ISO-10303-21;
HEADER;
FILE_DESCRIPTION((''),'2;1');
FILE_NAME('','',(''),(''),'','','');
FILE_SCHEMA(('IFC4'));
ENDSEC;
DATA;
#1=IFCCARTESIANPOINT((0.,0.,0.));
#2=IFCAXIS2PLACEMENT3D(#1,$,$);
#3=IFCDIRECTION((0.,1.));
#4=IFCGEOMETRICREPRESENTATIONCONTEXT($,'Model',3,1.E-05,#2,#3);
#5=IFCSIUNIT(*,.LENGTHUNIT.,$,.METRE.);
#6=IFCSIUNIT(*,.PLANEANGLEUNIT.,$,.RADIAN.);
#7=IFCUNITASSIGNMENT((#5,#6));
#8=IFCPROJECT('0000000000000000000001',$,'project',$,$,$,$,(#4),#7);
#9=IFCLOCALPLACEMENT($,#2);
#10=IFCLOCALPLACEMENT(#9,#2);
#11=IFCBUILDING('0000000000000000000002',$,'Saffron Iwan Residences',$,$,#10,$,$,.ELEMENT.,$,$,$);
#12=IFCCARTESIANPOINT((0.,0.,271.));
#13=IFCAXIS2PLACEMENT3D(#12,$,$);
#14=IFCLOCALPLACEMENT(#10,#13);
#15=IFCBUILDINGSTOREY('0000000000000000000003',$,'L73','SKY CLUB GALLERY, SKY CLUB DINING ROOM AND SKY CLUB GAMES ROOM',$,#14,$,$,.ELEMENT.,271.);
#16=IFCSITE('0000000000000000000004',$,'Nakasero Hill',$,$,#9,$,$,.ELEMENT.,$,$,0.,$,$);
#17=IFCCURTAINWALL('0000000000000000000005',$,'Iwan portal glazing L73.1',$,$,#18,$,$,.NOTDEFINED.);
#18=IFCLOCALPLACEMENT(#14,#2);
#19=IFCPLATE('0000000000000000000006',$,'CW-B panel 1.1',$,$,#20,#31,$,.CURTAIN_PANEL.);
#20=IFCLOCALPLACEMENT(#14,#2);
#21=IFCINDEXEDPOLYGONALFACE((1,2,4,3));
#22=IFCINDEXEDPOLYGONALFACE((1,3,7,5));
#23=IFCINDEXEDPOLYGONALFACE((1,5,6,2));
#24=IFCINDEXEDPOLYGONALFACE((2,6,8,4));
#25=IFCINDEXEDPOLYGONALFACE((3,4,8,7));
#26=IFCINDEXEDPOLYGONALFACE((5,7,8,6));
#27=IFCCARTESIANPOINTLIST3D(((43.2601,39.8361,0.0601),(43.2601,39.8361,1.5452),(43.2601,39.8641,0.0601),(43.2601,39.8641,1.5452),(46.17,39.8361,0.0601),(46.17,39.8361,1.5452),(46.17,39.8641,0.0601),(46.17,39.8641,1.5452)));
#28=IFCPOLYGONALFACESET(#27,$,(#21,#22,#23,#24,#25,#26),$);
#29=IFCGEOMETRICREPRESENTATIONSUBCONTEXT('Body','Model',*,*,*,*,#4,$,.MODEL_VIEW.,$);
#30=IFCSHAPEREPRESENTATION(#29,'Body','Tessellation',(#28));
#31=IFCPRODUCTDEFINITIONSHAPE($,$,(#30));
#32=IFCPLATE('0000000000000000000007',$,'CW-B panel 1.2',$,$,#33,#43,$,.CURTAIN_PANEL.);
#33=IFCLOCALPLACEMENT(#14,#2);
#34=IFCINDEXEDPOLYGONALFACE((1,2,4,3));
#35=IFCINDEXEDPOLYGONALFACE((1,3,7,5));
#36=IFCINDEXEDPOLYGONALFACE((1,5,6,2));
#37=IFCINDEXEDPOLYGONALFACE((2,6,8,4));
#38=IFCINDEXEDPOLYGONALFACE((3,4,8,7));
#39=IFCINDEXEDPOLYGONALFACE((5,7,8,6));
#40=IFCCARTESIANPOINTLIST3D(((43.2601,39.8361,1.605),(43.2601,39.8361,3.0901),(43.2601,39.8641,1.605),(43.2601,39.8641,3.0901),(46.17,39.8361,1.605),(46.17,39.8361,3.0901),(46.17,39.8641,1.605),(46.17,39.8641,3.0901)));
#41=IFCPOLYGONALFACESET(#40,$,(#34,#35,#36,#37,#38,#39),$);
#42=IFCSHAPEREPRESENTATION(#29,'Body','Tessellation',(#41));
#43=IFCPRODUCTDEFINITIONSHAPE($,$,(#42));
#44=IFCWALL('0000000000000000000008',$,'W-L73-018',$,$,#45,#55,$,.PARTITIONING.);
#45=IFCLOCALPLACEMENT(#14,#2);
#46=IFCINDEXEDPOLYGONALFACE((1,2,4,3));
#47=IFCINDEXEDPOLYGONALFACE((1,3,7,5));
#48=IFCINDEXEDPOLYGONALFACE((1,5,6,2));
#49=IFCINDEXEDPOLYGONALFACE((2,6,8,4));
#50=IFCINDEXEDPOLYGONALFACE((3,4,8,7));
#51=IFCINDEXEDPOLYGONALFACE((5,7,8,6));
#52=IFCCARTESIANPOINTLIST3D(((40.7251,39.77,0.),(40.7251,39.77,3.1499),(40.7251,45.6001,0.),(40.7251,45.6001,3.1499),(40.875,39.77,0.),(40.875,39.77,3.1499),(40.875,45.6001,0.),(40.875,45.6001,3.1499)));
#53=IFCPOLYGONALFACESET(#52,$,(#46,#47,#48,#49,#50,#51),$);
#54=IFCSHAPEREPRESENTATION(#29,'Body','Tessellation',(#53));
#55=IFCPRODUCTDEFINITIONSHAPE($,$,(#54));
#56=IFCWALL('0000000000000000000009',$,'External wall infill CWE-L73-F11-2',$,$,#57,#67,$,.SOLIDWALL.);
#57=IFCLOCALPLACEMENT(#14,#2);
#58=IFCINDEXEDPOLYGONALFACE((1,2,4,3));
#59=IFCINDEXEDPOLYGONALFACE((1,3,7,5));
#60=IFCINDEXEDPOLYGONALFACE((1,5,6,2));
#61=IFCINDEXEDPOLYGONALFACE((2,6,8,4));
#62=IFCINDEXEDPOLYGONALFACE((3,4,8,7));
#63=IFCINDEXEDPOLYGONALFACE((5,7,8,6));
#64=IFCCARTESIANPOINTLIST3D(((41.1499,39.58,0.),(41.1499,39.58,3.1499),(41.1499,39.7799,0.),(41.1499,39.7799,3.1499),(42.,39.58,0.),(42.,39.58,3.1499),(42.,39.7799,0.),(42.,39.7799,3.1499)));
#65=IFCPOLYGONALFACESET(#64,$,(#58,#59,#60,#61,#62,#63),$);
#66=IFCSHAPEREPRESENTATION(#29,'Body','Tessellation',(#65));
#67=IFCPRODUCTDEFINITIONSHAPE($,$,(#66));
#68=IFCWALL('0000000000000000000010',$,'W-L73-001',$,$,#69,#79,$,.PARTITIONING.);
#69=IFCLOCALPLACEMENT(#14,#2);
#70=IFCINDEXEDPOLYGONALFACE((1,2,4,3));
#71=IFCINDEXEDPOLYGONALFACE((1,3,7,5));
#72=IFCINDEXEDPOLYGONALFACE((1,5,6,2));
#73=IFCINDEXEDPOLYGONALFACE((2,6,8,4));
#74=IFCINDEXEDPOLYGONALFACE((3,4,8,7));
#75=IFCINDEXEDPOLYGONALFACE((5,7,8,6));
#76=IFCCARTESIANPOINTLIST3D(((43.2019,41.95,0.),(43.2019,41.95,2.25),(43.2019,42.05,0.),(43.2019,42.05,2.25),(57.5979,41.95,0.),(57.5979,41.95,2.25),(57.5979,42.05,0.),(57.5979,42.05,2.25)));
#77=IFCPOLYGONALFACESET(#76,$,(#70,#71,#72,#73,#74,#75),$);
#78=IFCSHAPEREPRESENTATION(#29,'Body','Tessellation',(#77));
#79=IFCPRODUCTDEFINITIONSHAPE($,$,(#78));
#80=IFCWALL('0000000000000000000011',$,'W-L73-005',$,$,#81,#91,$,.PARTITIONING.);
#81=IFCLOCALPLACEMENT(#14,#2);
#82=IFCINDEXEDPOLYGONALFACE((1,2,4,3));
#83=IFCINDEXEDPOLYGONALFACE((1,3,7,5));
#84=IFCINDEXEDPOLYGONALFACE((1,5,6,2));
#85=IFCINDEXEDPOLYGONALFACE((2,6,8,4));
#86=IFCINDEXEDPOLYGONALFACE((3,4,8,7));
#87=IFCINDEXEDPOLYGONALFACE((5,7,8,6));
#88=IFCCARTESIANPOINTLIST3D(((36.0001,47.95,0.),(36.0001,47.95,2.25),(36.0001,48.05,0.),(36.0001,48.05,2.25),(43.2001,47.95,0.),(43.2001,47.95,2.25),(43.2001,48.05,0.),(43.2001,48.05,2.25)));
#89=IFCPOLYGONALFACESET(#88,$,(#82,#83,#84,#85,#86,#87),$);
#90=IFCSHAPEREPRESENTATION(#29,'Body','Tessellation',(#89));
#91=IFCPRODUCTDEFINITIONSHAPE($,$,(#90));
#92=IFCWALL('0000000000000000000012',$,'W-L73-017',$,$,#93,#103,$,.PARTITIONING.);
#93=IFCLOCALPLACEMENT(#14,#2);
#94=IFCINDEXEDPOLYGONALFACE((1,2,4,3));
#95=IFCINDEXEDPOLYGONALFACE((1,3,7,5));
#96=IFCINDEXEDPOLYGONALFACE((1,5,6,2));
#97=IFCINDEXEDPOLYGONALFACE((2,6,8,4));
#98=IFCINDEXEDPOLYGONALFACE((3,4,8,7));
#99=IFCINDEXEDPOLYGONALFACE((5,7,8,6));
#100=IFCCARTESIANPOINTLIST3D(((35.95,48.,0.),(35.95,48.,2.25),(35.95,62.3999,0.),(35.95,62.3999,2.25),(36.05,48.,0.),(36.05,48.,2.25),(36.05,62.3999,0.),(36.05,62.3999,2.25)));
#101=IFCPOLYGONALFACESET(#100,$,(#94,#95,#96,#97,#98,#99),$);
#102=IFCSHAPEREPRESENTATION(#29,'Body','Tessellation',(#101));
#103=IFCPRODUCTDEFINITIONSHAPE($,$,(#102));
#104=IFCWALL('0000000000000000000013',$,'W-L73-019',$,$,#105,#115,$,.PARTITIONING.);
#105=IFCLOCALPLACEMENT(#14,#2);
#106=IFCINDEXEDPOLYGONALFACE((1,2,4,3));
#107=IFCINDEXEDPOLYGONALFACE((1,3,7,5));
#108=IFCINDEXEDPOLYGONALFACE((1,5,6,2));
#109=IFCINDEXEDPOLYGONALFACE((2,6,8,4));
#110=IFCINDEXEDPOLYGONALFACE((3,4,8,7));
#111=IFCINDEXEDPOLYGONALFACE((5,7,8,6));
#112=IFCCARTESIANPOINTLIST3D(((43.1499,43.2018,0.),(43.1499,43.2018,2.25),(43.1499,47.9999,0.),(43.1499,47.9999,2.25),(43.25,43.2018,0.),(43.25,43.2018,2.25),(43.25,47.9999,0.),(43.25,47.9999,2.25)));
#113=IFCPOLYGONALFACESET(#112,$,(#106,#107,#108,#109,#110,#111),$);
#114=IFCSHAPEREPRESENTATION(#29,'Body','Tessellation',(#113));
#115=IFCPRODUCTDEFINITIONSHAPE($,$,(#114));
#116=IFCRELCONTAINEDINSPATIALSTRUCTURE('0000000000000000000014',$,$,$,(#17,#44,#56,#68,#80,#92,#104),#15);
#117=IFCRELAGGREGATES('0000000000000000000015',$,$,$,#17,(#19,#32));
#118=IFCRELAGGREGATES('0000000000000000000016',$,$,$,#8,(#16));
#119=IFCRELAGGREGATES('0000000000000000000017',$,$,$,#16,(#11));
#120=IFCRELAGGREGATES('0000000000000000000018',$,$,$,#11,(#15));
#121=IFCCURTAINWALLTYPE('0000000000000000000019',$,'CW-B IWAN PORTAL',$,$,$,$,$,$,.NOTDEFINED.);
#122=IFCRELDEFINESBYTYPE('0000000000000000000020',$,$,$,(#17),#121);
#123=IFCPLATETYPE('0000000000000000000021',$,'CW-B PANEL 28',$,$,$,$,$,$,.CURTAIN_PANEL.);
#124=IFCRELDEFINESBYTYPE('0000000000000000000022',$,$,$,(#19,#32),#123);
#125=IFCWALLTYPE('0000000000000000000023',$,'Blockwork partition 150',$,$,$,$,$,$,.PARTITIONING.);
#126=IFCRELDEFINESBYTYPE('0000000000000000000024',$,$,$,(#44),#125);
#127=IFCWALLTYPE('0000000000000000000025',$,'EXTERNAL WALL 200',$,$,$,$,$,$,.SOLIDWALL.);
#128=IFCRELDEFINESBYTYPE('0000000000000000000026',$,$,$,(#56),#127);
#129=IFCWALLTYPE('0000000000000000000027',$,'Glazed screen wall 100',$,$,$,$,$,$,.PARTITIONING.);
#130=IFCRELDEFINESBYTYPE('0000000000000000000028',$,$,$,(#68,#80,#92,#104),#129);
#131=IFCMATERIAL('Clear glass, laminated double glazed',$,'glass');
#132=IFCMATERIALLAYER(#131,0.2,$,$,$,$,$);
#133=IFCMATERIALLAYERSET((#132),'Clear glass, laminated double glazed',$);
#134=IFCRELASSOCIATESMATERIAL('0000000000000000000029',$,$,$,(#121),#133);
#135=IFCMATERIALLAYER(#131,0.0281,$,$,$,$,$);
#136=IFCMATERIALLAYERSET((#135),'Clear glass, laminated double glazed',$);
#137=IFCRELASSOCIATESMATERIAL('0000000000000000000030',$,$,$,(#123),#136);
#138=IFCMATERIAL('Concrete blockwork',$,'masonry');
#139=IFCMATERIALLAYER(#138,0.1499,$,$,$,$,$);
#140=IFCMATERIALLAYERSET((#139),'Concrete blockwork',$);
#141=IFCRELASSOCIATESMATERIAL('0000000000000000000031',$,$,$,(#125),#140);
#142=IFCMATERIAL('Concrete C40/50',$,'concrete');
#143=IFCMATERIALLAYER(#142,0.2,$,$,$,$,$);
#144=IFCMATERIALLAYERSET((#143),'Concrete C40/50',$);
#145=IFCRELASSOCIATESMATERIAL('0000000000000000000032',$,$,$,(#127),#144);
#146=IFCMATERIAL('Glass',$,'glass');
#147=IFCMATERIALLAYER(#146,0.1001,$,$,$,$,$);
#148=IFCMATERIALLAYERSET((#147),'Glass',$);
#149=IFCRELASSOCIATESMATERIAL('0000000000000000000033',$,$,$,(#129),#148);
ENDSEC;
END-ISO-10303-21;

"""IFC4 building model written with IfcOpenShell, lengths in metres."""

from ifc_helpers import new_model, si_unit, direction, frame, frame_2d, origin, origin_2d, place, context, subcontext, project, spatial, rectangle, extrude, source, transform, mapped, material, layer, layer_set, type_object, element, aggregate, save


model = new_model("IFC4")

# Units and contexts
model_context = context("Model", 3, precision=1e-05, world=origin(), true_north=direction((0.0, 1.0)))
body_context = subcontext(model_context, "Body", "Model", "MODEL_VIEW")
ifc_project = project(units=[si_unit("LENGTHUNIT", "METRE"), si_unit("PLANEANGLEUNIT", "RADIAN")], contexts=[model_context])

# Site, building, storey
site_placement = place(None, origin())
site = spatial("IfcSite", under=ifc_project, at=site_placement, Name="Nakasero Hill", CompositionType="ELEMENT", RefElevation=0.0)
building_placement = place(site_placement, origin())
building = spatial("IfcBuilding", under=site, at=building_placement, Name="Saffron Iwan Residences", CompositionType="ELEMENT")
storey_placement = place(building_placement, frame((0.0, 0.0, 271.0)))
storey = spatial("IfcBuildingStorey", under=building, at=storey_placement, Name="L73", Description="SKY CLUB GALLERY, SKY CLUB DINING ROOM AND SKY CLUB GAMES ROOM", CompositionType="ELEMENT", Elevation=271.0)

# Shared definitions
ifc_material_1 = material(Name="Concrete C40/50", Category="concrete")

# Curtain wall
ifc_material_2 = material(Name="Clear glass, laminated double glazed", Category="glass")
ifc_layer_1 = layer(ifc_material_2, 0.2)
ifc_layer_set_1 = layer_set([ifc_layer_1], Name="Clear glass, laminated double glazed")
curtain_wall_type_1 = type_object("IfcCurtainWallType", Name="CW-B IWAN PORTAL", PredefinedType="NOTDEFINED", material=ifc_layer_set_1)
curtain_wall_1_placement = place(storey_placement, origin())
curtain_wall_1 = element("IfcCurtainWall", 1, at=curtain_wall_1_placement, inside=storey, type_object=curtain_wall_type_1, Name="Iwan portal glazing L73.1", PredefinedType="NOTDEFINED")

# Plates
ifc_layer_2 = layer(ifc_material_2, 0.0281)
ifc_layer_set_2 = layer_set([ifc_layer_2], Name="Clear glass, laminated double glazed")
plate_type = type_object("IfcPlateType", Name="CW-B PANEL 28", PredefinedType="CURTAIN_PANEL", material=ifc_layer_set_2)
shared_shape_1 = source(origin(), body_context, "Body", "SweptSolid", [
    extrude(rectangle(XDim=2.9099, YDim=0.0281, at=origin_2d()), origin(), (0.0, 0.0, 1.0), 1.4851),
])
plate_1_placement = place(storey_placement, frame((44.7151, 39.8501, 0.0601), z_axis=(0.0, 0.0, 1.0), x_axis=(1.0, 0.0, 0.0)))
plate_1 = element("IfcPlate", 2, at=plate_1_placement, type_object=plate_type, Name="CW-B panel 1.1", PredefinedType="CURTAIN_PANEL", context=body_context, shape_type="MappedRepresentation", body=[
    mapped(shared_shape_1, transform((0.0, 0.0, 0.0))),
])
plate_2_placement = place(storey_placement, frame((44.7151, 39.8501, 1.605), z_axis=(0.0, 0.0, 1.0), x_axis=(1.0, 0.0, 0.0)))
plate_2 = element("IfcPlate", 3, at=plate_2_placement, type_object=plate_type, Name="CW-B panel 1.2", PredefinedType="CURTAIN_PANEL", context=body_context, shape_type="MappedRepresentation", body=[
    mapped(shared_shape_1, transform((0.0, 0.0, 0.0))),
])
aggregate(curtain_wall_1, [plate_1, plate_2])

# Walls
ifc_material_3 = material(Name="Concrete blockwork", Category="masonry")
ifc_layer_3 = layer(ifc_material_3, 0.1499)
ifc_layer_set_3 = layer_set([ifc_layer_3], Name="Concrete blockwork")
wall_type_1 = type_object("IfcWallType", Name="Blockwork partition 150", PredefinedType="PARTITIONING", material=ifc_layer_set_3)
wall_1_placement = place(storey_placement, frame((40.8, 39.77, 0.0), z_axis=(0.0, 0.0, 1.0), x_axis=(0.0, 1.0, 0.0)))
element("IfcWall", 4, at=wall_1_placement, inside=storey, type_object=wall_type_1, Name="W-L73-018", PredefinedType="PARTITIONING", context=body_context, shape_type="SweptSolid", body=[
    extrude(rectangle(XDim=5.8301, YDim=0.1499, at=frame_2d((2.915, 0.0))), origin(), (0.0, 0.0, 1.0), 3.1499),
])
ifc_layer_4 = layer(ifc_material_1, 0.2)
ifc_layer_set_4 = layer_set([ifc_layer_4], Name="Concrete C40/50")
wall_type_2 = type_object("IfcWallType", Name="EXTERNAL WALL 200", PredefinedType="SOLIDWALL", material=ifc_layer_set_4)
wall_2_placement = place(storey_placement, frame((41.1499, 39.6799, 0.0), z_axis=(0.0, 0.0, 1.0), x_axis=(1.0, 0.0, 0.0)))
element("IfcWall", 5, at=wall_2_placement, inside=storey, type_object=wall_type_2, Name="External wall infill CWE-L73-F11-2", PredefinedType="SOLIDWALL", context=body_context, shape_type="SweptSolid", body=[
    extrude(rectangle(XDim=0.8501, YDim=0.2, at=frame_2d((0.425, 0.0))), origin(), (0.0, 0.0, 1.0), 3.1499),
])
ifc_material_4 = material(Name="Glass", Category="glass")
ifc_layer_5 = layer(ifc_material_4, 0.1001)
ifc_layer_set_5 = layer_set([ifc_layer_5], Name="Glass")
wall_type_3 = type_object("IfcWallType", Name="Glazed screen wall 100", PredefinedType="PARTITIONING", material=ifc_layer_set_5)
wall_3_placement = place(storey_placement, frame((43.2019, 42.0, 0.0), z_axis=(0.0, 0.0, 1.0), x_axis=(1.0, 0.0, 0.0)))
element("IfcWall", 6, at=wall_3_placement, inside=storey, type_object=wall_type_3, Name="W-L73-001", PredefinedType="PARTITIONING", context=body_context, shape_type="SweptSolid", body=[
    extrude(rectangle(XDim=14.396, YDim=0.1001, at=frame_2d((7.198, 0.0))), origin(), (0.0, 0.0, 1.0), 2.25),
])
wall_4_placement = place(storey_placement, frame((36.0, 48.0, 0.0), z_axis=(0.0, 0.0, 1.0), x_axis=(1.0, 0.0, 0.0)))
element("IfcWall", 7, at=wall_4_placement, inside=storey, type_object=wall_type_3, Name="W-L73-005", PredefinedType="PARTITIONING", context=body_context, shape_type="SweptSolid", body=[
    extrude(rectangle(XDim=7.2, YDim=0.1001, at=frame_2d((3.6001, 0.0))), origin(), (0.0, 0.0, 1.0), 2.25),
])
wall_5_placement = place(storey_placement, frame((36.0, 48.0, 0.0), z_axis=(0.0, 0.0, 1.0), x_axis=(0.0, 1.0, 0.0)))
element("IfcWall", 8, at=wall_5_placement, inside=storey, type_object=wall_type_3, Name="W-L73-017", PredefinedType="PARTITIONING", context=body_context, shape_type="SweptSolid", body=[
    extrude(rectangle(XDim=14.3999, YDim=0.1001, at=frame_2d((7.2, 0.0))), origin(), (0.0, 0.0, 1.0), 2.25),
])
wall_6_placement = place(storey_placement, frame((43.2, 43.2019, 0.0), z_axis=(0.0, 0.0, 1.0), x_axis=(0.0, 1.0, 0.0)))
element("IfcWall", 9, at=wall_6_placement, inside=storey, type_object=wall_type_3, Name="W-L73-019", PredefinedType="PARTITIONING", context=body_context, shape_type="SweptSolid", body=[
    extrude(rectangle(XDim=4.7981, YDim=0.1001, at=frame_2d((2.3989, 0.0))), origin(), (0.0, 0.0, 1.0), 2.25),
])

save(model, "model.ifc")
